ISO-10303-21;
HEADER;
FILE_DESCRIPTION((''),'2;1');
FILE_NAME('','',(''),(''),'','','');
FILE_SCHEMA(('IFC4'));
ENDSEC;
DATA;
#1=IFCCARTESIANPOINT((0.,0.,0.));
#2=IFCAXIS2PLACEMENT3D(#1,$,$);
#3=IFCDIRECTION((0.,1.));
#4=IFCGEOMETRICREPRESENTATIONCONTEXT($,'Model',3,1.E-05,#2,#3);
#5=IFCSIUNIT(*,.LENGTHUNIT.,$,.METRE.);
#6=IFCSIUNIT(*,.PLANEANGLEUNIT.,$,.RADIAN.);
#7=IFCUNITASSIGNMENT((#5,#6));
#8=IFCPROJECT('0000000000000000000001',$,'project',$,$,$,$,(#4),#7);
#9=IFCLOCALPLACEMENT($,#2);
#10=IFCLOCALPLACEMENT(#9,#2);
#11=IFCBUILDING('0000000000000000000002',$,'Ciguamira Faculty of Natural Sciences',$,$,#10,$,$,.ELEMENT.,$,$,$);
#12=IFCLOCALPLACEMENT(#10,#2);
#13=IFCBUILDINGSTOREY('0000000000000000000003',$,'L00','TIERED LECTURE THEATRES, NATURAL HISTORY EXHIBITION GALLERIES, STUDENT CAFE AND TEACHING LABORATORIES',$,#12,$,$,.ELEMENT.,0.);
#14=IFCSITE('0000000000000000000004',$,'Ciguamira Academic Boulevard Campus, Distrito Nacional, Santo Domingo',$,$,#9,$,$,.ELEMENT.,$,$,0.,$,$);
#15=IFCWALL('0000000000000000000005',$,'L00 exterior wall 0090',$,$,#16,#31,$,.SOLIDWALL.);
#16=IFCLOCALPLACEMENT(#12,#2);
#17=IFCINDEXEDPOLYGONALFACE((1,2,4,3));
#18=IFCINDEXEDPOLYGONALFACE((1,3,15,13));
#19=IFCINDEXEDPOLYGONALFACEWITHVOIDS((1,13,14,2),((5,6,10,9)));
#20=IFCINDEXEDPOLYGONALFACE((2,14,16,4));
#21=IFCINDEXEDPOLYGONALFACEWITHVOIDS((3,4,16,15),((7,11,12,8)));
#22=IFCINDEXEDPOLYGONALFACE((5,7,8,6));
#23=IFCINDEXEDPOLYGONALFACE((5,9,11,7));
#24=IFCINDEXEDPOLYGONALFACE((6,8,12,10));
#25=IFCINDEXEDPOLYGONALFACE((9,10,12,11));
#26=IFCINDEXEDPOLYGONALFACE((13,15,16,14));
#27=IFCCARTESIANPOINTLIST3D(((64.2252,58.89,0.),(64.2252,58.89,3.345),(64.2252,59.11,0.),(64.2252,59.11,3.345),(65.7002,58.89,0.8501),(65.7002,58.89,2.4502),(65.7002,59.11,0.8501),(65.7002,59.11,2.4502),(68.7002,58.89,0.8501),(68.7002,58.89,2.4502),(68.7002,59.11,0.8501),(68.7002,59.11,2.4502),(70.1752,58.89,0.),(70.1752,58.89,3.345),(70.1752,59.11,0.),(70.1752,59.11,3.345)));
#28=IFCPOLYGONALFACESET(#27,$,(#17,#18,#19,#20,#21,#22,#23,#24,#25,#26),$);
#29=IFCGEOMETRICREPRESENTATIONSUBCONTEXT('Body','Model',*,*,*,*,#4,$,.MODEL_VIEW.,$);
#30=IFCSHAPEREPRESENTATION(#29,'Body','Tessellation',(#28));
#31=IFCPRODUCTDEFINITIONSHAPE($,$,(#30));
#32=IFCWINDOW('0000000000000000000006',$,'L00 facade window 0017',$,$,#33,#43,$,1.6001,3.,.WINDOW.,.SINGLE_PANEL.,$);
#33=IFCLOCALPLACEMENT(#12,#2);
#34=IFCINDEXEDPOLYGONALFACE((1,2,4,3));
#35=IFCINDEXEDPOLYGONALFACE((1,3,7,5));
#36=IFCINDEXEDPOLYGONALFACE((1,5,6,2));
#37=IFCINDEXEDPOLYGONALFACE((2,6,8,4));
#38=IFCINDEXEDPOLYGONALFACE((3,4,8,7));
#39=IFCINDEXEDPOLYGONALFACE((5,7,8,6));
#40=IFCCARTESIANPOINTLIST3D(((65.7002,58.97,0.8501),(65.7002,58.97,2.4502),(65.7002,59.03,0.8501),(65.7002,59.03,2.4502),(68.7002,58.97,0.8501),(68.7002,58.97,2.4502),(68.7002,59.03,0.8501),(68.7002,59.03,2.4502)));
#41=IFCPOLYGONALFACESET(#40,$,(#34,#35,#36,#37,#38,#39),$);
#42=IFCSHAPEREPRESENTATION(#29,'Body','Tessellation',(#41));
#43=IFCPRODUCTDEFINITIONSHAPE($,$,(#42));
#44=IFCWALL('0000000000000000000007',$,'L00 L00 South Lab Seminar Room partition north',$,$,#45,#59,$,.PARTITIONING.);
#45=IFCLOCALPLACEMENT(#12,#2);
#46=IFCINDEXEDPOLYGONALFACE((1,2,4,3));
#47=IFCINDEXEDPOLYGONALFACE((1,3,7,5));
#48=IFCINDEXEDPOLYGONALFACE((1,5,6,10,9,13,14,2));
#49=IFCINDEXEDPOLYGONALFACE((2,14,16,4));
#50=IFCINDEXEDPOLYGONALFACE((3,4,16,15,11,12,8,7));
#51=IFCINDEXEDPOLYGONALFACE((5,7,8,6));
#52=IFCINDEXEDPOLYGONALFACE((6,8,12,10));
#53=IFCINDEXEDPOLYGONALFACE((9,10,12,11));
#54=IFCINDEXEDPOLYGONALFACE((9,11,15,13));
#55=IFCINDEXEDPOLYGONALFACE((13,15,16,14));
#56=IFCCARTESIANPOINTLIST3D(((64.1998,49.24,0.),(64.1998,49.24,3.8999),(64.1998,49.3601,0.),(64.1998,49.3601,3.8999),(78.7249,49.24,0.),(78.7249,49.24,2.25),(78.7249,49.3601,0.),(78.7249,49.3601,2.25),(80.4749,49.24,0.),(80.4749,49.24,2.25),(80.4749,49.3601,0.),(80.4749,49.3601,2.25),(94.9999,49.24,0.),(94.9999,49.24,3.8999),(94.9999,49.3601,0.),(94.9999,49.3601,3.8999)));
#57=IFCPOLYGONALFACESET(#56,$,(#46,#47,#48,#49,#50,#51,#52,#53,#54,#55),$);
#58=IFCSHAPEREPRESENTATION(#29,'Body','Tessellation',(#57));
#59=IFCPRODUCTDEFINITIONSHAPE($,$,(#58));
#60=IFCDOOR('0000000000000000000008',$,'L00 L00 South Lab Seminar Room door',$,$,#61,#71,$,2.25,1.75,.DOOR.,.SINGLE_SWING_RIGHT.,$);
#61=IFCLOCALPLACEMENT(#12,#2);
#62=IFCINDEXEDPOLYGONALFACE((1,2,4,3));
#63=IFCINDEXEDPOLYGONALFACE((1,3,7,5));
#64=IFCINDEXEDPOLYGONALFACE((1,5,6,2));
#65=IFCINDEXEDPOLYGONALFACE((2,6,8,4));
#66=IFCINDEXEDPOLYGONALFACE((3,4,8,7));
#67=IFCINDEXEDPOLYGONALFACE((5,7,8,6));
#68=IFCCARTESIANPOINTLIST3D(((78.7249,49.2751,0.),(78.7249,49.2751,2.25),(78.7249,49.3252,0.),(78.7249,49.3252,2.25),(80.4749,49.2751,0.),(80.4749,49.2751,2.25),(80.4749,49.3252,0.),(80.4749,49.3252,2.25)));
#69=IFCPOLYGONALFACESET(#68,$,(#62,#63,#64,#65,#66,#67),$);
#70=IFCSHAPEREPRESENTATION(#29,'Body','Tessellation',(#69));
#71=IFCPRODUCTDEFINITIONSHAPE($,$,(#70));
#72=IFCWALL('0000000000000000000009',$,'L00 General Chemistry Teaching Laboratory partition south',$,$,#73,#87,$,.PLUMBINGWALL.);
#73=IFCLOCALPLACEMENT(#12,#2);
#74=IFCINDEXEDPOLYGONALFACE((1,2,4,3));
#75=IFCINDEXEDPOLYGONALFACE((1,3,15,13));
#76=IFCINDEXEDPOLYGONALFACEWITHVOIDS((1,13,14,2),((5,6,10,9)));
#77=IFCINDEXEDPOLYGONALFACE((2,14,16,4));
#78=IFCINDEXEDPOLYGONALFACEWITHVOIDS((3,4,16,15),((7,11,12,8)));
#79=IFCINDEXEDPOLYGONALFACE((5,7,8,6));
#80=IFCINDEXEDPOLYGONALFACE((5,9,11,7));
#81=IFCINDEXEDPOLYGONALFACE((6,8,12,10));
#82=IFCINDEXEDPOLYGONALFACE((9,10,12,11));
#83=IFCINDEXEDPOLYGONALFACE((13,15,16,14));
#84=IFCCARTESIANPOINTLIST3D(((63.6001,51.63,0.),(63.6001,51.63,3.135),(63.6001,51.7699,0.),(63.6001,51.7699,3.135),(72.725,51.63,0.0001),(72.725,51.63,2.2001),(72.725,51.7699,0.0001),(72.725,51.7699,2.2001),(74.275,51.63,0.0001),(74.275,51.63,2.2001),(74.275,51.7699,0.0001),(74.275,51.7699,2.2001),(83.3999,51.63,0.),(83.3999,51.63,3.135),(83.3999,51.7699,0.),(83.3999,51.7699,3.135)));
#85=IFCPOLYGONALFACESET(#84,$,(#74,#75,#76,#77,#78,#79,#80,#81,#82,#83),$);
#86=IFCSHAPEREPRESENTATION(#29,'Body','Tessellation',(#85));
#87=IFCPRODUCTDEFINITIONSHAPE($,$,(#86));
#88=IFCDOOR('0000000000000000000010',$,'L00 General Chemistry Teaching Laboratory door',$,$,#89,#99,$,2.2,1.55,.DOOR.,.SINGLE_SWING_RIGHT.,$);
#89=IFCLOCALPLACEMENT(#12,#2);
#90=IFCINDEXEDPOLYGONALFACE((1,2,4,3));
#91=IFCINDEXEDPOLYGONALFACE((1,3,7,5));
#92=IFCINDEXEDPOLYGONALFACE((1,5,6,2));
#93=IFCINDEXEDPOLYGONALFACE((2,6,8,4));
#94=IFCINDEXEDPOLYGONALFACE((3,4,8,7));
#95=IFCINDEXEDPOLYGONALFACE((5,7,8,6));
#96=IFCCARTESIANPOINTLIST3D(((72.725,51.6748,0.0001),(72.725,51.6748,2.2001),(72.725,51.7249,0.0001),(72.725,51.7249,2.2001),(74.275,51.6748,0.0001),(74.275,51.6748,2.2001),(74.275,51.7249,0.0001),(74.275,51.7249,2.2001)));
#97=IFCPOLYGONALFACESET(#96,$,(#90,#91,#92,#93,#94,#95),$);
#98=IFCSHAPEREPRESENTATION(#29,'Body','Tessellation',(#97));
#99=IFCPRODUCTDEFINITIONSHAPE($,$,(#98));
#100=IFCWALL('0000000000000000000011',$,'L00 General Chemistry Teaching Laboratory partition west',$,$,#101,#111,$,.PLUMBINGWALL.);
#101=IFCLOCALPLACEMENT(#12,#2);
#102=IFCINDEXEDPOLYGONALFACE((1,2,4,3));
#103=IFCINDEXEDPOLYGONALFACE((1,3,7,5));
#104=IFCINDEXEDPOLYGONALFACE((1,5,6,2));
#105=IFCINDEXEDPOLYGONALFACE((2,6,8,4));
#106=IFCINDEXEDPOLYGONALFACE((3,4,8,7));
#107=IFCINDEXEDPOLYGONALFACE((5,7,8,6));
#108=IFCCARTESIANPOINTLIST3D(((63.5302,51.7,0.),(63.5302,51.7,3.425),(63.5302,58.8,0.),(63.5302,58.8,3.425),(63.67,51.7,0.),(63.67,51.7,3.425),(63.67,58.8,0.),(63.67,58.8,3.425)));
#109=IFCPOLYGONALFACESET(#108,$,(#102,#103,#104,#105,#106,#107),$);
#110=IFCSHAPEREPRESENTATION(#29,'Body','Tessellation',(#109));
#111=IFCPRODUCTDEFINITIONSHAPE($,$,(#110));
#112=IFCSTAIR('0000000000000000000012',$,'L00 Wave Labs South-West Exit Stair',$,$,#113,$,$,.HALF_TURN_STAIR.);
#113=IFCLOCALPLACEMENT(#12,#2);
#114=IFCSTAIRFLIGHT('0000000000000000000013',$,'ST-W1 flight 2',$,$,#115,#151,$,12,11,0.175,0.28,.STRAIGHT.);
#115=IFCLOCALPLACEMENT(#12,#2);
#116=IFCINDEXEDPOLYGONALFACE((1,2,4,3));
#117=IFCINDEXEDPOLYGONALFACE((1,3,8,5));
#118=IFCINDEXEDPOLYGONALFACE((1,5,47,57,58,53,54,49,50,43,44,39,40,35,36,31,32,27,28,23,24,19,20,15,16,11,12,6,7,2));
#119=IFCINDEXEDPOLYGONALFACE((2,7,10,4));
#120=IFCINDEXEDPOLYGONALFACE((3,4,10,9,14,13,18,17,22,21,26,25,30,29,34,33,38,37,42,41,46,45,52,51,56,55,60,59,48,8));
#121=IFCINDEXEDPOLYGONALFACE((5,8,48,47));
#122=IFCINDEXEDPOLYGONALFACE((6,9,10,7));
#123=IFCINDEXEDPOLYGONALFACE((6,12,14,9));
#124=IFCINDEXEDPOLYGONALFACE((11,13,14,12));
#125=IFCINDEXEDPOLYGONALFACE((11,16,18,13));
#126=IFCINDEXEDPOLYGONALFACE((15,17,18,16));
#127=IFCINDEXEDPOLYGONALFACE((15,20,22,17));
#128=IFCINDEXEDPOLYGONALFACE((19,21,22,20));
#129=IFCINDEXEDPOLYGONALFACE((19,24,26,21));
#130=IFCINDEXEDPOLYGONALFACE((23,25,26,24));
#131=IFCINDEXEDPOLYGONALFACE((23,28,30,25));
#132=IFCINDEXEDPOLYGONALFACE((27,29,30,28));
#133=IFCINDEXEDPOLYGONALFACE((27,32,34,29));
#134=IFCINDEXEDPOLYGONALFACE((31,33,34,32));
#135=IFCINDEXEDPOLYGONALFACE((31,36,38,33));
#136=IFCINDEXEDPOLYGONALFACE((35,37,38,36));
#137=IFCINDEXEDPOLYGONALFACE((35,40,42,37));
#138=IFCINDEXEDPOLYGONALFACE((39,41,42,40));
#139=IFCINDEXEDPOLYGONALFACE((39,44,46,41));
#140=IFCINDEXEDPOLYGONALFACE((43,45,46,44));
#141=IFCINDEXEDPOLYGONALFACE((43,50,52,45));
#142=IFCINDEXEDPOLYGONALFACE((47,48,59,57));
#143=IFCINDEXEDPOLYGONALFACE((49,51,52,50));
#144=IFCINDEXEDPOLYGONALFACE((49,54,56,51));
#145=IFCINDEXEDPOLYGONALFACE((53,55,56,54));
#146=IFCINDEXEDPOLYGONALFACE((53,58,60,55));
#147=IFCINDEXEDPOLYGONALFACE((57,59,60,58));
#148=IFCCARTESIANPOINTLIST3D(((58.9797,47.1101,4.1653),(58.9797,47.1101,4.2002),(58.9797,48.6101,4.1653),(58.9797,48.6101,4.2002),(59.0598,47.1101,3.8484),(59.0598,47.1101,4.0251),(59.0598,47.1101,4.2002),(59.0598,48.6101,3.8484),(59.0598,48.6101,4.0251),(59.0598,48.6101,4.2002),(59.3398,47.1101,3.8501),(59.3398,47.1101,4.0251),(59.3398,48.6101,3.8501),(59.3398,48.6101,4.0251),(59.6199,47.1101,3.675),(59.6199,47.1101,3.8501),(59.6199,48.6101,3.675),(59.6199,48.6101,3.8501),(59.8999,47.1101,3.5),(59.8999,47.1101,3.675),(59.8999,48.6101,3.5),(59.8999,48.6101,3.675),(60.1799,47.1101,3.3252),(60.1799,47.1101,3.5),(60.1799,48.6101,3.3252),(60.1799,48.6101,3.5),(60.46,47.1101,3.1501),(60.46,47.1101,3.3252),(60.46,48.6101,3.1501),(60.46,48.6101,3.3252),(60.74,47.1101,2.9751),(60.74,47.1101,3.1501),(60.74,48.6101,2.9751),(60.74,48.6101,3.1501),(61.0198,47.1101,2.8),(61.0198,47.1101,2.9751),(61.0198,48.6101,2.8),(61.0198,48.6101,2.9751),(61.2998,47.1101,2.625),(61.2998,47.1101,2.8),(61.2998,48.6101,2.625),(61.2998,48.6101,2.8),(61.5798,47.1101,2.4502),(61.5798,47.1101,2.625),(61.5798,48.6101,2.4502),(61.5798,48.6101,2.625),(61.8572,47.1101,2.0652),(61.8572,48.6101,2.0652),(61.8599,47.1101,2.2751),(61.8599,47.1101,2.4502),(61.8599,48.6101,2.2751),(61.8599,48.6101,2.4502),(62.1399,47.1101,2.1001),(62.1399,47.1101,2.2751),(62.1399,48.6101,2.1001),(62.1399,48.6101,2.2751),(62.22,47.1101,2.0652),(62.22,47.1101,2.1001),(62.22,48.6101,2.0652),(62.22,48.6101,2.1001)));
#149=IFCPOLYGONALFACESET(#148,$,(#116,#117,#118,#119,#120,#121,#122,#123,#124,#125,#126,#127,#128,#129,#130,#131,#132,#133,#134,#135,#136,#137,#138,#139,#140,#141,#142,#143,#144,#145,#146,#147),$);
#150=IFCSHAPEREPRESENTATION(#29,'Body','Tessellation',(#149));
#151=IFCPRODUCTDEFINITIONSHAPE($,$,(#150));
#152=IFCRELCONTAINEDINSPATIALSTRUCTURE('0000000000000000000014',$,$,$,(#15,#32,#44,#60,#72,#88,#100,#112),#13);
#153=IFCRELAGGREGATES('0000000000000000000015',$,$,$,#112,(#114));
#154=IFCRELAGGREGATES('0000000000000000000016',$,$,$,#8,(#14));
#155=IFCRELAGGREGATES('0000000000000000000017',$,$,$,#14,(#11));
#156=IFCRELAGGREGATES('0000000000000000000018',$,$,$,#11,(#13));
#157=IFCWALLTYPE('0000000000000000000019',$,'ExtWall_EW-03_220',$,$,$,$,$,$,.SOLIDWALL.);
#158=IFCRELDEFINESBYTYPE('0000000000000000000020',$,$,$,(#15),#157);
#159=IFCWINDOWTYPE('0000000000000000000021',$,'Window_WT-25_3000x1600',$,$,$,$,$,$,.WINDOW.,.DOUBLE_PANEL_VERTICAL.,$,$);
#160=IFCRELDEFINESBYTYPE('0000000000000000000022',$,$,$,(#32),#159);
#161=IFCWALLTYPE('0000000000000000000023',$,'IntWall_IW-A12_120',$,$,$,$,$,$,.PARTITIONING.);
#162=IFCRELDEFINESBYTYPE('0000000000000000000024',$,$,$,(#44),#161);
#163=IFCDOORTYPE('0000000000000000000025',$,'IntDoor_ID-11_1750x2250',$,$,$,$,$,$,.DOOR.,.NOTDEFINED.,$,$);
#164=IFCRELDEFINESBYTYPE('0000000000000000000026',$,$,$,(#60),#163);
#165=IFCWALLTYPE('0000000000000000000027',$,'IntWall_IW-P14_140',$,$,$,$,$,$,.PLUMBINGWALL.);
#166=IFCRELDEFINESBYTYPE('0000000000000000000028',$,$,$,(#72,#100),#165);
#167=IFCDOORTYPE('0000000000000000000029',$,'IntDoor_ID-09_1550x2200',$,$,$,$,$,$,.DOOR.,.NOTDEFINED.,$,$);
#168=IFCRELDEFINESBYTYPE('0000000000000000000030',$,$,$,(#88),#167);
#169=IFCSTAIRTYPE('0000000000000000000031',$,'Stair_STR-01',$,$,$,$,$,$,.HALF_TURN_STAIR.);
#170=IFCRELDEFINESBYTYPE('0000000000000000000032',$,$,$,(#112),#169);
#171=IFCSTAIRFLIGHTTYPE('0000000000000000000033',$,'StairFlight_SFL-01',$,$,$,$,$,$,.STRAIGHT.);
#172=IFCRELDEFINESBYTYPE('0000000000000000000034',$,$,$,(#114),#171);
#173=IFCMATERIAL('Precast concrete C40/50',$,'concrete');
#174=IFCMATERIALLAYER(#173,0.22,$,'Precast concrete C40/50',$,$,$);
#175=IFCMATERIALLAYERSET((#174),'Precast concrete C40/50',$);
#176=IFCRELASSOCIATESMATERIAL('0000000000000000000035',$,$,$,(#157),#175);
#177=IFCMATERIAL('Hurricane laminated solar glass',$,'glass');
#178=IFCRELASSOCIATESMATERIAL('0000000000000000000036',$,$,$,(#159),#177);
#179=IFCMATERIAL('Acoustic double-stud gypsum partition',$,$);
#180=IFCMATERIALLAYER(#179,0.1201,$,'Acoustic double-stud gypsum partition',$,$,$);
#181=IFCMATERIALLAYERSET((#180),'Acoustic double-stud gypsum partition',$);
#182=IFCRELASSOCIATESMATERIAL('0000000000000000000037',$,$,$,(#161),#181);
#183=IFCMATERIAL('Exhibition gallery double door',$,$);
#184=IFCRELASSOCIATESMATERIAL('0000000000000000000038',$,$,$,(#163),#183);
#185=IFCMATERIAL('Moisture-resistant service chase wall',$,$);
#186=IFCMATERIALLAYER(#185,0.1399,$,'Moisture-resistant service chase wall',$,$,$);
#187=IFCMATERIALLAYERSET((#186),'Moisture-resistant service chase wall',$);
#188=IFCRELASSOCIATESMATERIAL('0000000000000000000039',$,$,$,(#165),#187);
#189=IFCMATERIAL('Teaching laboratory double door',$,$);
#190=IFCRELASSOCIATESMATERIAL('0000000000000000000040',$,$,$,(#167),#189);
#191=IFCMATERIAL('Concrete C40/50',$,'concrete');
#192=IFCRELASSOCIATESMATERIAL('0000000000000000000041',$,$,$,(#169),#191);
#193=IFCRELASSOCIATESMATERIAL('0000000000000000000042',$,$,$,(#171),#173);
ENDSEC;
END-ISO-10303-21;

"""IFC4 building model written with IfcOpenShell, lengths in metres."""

from ifc_helpers import new_model, si_unit, direction, frame, frame_2d, origin, place, context, subcontext, project, spatial, polyline, rectangle, outline, extrude, material, layer, layer_set, type_object, element, fill, aggregate, save


model = new_model("IFC4")

# Units and contexts
model_context = context("Model", 3, precision=1e-05, world=origin(), true_north=direction((0.0, 1.0)))
body_context = subcontext(model_context, "Body", "Model", "MODEL_VIEW")
ifc_project = project(units=[si_unit("LENGTHUNIT", "METRE"), si_unit("PLANEANGLEUNIT", "RADIAN")], contexts=[model_context])

# Site, building, storey
site_placement = place(None, origin())
site = spatial("IfcSite", under=ifc_project, at=site_placement, Name="Ciguamira Academic Boulevard Campus, Distrito Nacional, Santo Domingo", CompositionType="ELEMENT", RefElevation=0.0)
building_placement = place(site_placement, origin())
building = spatial("IfcBuilding", under=site, at=building_placement, Name="Ciguamira Faculty of Natural Sciences", CompositionType="ELEMENT")
storey_placement = place(building_placement, origin())
storey = spatial("IfcBuildingStorey", under=building, at=storey_placement, Name="L00", Description="TIERED LECTURE THEATRES, NATURAL HISTORY EXHIBITION GALLERIES, STUDENT CAFE AND TEACHING LABORATORIES", CompositionType="ELEMENT", Elevation=0.0)

# Shared definitions
ifc_material_1 = material(Name="Concrete C40/50", Category="concrete")

# Wall, opening, window
ifc_material_2 = material(Name="Precast concrete C40/50", Category="concrete")
ifc_layer_1 = layer(ifc_material_2, 0.22, Name="Precast concrete C40/50")
ifc_layer_set_1 = layer_set([ifc_layer_1], Name="Precast concrete C40/50")
wall_type_1 = type_object("IfcWallType", Name="ExtWall_EW-03_220", PredefinedType="SOLIDWALL", material=ifc_layer_set_1)
wall_1_placement = place(storey_placement, frame((64.2251, 59.0, 0.0), z_axis=(0.0, 0.0, 1.0), x_axis=(1.0, 0.0, 0.0)))
wall_1 = element("IfcWall", 1, at=wall_1_placement, inside=storey, type_object=wall_type_1, Name="L00 exterior wall 0090", PredefinedType="SOLIDWALL", context=body_context, shape_type="SweptSolid", body=[
    extrude(rectangle(XDim=5.95, YDim=0.22, at=frame_2d((2.9751, 0.0))), origin(), (0.0, 0.0, 1.0), 3.345),
])
opening_1_placement = place(wall_1_placement, frame((1.4751, 0.0, 0.8501)))
opening_1 = element("IfcOpeningElement", 2, at=opening_1_placement, cuts=wall_1, PredefinedType="OPENING", context=body_context, shape_type="SweptSolid", body=[
    extrude(rectangle(XDim=3.0, YDim=1.6001, at=frame_2d((1.5, 0.8))), frame((0.0, 0.1199, 0.0), z_axis=(0.0, -1.0, 0.0), x_axis=(1.0, 0.0, 0.0)), (0.0, 0.0, 1.0), 0.24),
])
ifc_material_3 = material(Name="Hurricane laminated solar glass", Category="glass")
window_type = type_object("IfcWindowType", Name="Window_WT-25_3000x1600", PartitioningType="DOUBLE_PANEL_VERTICAL", PredefinedType="WINDOW", material=ifc_material_3)
window_placement = place(opening_1_placement, origin())
window = element("IfcWindow", 3, at=window_placement, inside=storey, type_object=window_type, Name="L00 facade window 0017", OverallHeight=1.6001, OverallWidth=3.0, PartitioningType="SINGLE_PANEL", PredefinedType="WINDOW", context=body_context, shape_type="SweptSolid", body=[
    extrude(rectangle(XDim=3.0, YDim=1.6001, at=frame_2d((1.5, 0.8))), frame((0.0, 0.03, 0.0), z_axis=(0.0, -1.0, 0.0), x_axis=(1.0, 0.0, 0.0)), (0.0, 0.0, 1.0), 0.0601),
])
fill(opening_1, window)

# Walls, openings, doors
ifc_material_4 = material(Name="Acoustic double-stud gypsum partition")
ifc_layer_2 = layer(ifc_material_4, 0.1201, Name="Acoustic double-stud gypsum partition")
ifc_layer_set_2 = layer_set([ifc_layer_2], Name="Acoustic double-stud gypsum partition")
wall_type_2 = type_object("IfcWallType", Name="IntWall_IW-A12_120", PredefinedType="PARTITIONING", material=ifc_layer_set_2)
wall_2_placement = place(storey_placement, frame((64.2, 49.3, 0.0), z_axis=(0.0, 0.0, 1.0), x_axis=(1.0, 0.0, 0.0)))
wall_2 = element("IfcWall", 4, at=wall_2_placement, inside=storey, type_object=wall_type_2, Name="L00 L00 South Lab Seminar Room partition north", PredefinedType="PARTITIONING", context=body_context, shape_type="SweptSolid", body=[
    extrude(rectangle(XDim=30.8, YDim=0.1201, at=frame_2d((15.3999, 0.0))), origin(), (0.0, 0.0, 1.0), 3.8999),
])
opening_2_placement = place(wall_2_placement, frame((14.5249, 0.0, 0.0)))
opening_2 = element("IfcOpeningElement", 5, at=opening_2_placement, cuts=wall_2, PredefinedType="OPENING", context=body_context, shape_type="SweptSolid", body=[
    extrude(rectangle(XDim=1.75, YDim=2.25, at=frame_2d((0.875, 1.125))), frame((0.0, 0.0701, 0.0), z_axis=(0.0, -1.0, 0.0), x_axis=(1.0, 0.0, 0.0)), (0.0, 0.0, 1.0), 0.1401),
])
ifc_material_5 = material(Name="Exhibition gallery double door")
door_type_1 = type_object("IfcDoorType", Name="IntDoor_ID-11_1750x2250", OperationType="NOTDEFINED", PredefinedType="DOOR", material=ifc_material_5)
door_1_placement = place(opening_2_placement, frame((1.75, 0.0, 0.0), z_axis=(0.0, 0.0, 1.0), x_axis=(-1.0, 0.0, 0.0)))
door_1 = element("IfcDoor", 6, at=door_1_placement, inside=storey, type_object=door_type_1, Name="L00 L00 South Lab Seminar Room door", OperationType="SINGLE_SWING_RIGHT", OverallHeight=2.25, OverallWidth=1.75, PredefinedType="DOOR", context=body_context, shape_type="SweptSolid", body=[
    extrude(rectangle(XDim=1.75, YDim=2.25, at=frame_2d((0.875, 1.125))), frame((0.0, 0.0249, 0.0), z_axis=(0.0, -1.0, 0.0), x_axis=(1.0, 0.0, 0.0)), (0.0, 0.0, 1.0), 0.05),
])
fill(opening_2, door_1)
ifc_material_6 = material(Name="Moisture-resistant service chase wall")
ifc_layer_3 = layer(ifc_material_6, 0.1399, Name="Moisture-resistant service chase wall")
ifc_layer_set_3 = layer_set([ifc_layer_3], Name="Moisture-resistant service chase wall")
wall_type_3 = type_object("IfcWallType", Name="IntWall_IW-P14_140", PredefinedType="PLUMBINGWALL", material=ifc_layer_set_3)
wall_3_placement = place(storey_placement, frame((63.6001, 51.7, 0.0), z_axis=(0.0, 0.0, 1.0), x_axis=(1.0, 0.0, 0.0)))
wall_3 = element("IfcWall", 7, at=wall_3_placement, inside=storey, type_object=wall_type_3, Name="L00 General Chemistry Teaching Laboratory partition south", PredefinedType="PLUMBINGWALL", context=body_context, shape_type="SweptSolid", body=[
    extrude(rectangle(XDim=19.7998, YDim=0.1399, at=frame_2d((9.8999, 0.0))), origin(), (0.0, 0.0, 1.0), 3.135),
])
opening_3_placement = place(wall_3_placement, frame((9.125, 0.0, 0.0)))
opening_3 = element("IfcOpeningElement", 8, at=opening_3_placement, cuts=wall_3, PredefinedType="OPENING", context=body_context, shape_type="SweptSolid", body=[
    extrude(rectangle(XDim=1.55, YDim=2.2, at=frame_2d((0.7749, 1.1001))), frame((0.0, 0.0798, 0.0), z_axis=(0.0, -1.0, 0.0), x_axis=(1.0, 0.0, 0.0)), (0.0, 0.0, 1.0), 0.1599),
])
ifc_material_7 = material(Name="Teaching laboratory double door")
door_type_2 = type_object("IfcDoorType", Name="IntDoor_ID-09_1550x2200", OperationType="NOTDEFINED", PredefinedType="DOOR", material=ifc_material_7)
door_2_placement = place(opening_3_placement, origin())
door_2 = element("IfcDoor", 9, at=door_2_placement, inside=storey, type_object=door_type_2, Name="L00 General Chemistry Teaching Laboratory door", OperationType="SINGLE_SWING_RIGHT", OverallHeight=2.2, OverallWidth=1.55, PredefinedType="DOOR", context=body_context, shape_type="SweptSolid", body=[
    extrude(rectangle(XDim=1.55, YDim=2.2, at=frame_2d((0.7749, 1.1001))), frame((0.0, 0.0249, 0.0), z_axis=(0.0, -1.0, 0.0), x_axis=(1.0, 0.0, 0.0)), (0.0, 0.0, 1.0), 0.05),
])
fill(opening_3, door_2)

# Wall
wall_4_placement = place(storey_placement, frame((63.6001, 51.7, 0.0), z_axis=(0.0, 0.0, 1.0), x_axis=(0.0, 1.0, 0.0)))
element("IfcWall", 10, at=wall_4_placement, inside=storey, type_object=wall_type_3, Name="L00 General Chemistry Teaching Laboratory partition west", PredefinedType="PLUMBINGWALL", context=body_context, shape_type="SweptSolid", body=[
    extrude(rectangle(XDim=7.1001, YDim=0.1399, at=frame_2d((3.55, 0.0))), origin(), (0.0, 0.0, 1.0), 3.425),
])

# Stair, stair flight
stair_type = type_object("IfcStairType", Name="Stair_STR-01", PredefinedType="HALF_TURN_STAIR", material=ifc_material_1)
stair_placement = place(storey_placement, origin())
stair = element("IfcStair", 11, at=stair_placement, inside=storey, type_object=stair_type, Name="L00 Wave Labs South-West Exit Stair", PredefinedType="HALF_TURN_STAIR")
stair_flight_type = type_object("IfcStairFlightType", Name="StairFlight_SFL-01", PredefinedType="STRAIGHT", material=ifc_material_2)
stair_flight_placement = place(storey_placement, frame((62.1399, 47.8601, 2.1001), z_axis=(0.0, 0.0, 1.0), x_axis=(-1.0, 0.0, 0.0)))
stair_flight = element("IfcStairFlight", 12, at=stair_flight_placement, type_object=stair_flight_type, Name="ST-W1 flight 2", NumberOfRisers=12, NumberOfTreads=11, PredefinedType="STRAIGHT", RiserHeight=0.175, TreadLength=0.28, context=body_context, shape_type="SweptSolid", body=[
    extrude(outline(polyline([(-0.0801, -0.0349), (-0.0801, 0.0), (0.0, 0.0), (0.0, 0.175), (0.28, 0.175), (0.28, 0.3501), (0.5601, 0.3501), (0.5601, 0.5249), (0.8401, 0.5249), (0.8401, 0.7), (1.1201, 0.7), (1.1201, 0.875), (1.3999, 0.875), (1.3999, 1.05), (1.6799, 1.05), (1.6799, 1.2251), (1.96, 1.2251), (1.96, 1.3999), (2.24, 1.3999), (2.24, 1.575), (2.52, 1.575), (2.52, 1.75), (2.8, 1.75), (2.8, 1.925), (3.0801, 1.925), (3.0801, 2.1001), (3.1602, 2.1001), (3.1602, 2.0652), (3.0801, 1.7483), (0.2827, -0.0349), (-0.0801, -0.0349)])), frame((0.0, 0.75, 0.0), z_axis=(0.0, -1.0, 0.0), x_axis=(1.0, 0.0, 0.0)), (0.0, 0.0, 1.0), 1.5),
])
aggregate(stair, [stair_flight])

save(model, "model.ifc")
